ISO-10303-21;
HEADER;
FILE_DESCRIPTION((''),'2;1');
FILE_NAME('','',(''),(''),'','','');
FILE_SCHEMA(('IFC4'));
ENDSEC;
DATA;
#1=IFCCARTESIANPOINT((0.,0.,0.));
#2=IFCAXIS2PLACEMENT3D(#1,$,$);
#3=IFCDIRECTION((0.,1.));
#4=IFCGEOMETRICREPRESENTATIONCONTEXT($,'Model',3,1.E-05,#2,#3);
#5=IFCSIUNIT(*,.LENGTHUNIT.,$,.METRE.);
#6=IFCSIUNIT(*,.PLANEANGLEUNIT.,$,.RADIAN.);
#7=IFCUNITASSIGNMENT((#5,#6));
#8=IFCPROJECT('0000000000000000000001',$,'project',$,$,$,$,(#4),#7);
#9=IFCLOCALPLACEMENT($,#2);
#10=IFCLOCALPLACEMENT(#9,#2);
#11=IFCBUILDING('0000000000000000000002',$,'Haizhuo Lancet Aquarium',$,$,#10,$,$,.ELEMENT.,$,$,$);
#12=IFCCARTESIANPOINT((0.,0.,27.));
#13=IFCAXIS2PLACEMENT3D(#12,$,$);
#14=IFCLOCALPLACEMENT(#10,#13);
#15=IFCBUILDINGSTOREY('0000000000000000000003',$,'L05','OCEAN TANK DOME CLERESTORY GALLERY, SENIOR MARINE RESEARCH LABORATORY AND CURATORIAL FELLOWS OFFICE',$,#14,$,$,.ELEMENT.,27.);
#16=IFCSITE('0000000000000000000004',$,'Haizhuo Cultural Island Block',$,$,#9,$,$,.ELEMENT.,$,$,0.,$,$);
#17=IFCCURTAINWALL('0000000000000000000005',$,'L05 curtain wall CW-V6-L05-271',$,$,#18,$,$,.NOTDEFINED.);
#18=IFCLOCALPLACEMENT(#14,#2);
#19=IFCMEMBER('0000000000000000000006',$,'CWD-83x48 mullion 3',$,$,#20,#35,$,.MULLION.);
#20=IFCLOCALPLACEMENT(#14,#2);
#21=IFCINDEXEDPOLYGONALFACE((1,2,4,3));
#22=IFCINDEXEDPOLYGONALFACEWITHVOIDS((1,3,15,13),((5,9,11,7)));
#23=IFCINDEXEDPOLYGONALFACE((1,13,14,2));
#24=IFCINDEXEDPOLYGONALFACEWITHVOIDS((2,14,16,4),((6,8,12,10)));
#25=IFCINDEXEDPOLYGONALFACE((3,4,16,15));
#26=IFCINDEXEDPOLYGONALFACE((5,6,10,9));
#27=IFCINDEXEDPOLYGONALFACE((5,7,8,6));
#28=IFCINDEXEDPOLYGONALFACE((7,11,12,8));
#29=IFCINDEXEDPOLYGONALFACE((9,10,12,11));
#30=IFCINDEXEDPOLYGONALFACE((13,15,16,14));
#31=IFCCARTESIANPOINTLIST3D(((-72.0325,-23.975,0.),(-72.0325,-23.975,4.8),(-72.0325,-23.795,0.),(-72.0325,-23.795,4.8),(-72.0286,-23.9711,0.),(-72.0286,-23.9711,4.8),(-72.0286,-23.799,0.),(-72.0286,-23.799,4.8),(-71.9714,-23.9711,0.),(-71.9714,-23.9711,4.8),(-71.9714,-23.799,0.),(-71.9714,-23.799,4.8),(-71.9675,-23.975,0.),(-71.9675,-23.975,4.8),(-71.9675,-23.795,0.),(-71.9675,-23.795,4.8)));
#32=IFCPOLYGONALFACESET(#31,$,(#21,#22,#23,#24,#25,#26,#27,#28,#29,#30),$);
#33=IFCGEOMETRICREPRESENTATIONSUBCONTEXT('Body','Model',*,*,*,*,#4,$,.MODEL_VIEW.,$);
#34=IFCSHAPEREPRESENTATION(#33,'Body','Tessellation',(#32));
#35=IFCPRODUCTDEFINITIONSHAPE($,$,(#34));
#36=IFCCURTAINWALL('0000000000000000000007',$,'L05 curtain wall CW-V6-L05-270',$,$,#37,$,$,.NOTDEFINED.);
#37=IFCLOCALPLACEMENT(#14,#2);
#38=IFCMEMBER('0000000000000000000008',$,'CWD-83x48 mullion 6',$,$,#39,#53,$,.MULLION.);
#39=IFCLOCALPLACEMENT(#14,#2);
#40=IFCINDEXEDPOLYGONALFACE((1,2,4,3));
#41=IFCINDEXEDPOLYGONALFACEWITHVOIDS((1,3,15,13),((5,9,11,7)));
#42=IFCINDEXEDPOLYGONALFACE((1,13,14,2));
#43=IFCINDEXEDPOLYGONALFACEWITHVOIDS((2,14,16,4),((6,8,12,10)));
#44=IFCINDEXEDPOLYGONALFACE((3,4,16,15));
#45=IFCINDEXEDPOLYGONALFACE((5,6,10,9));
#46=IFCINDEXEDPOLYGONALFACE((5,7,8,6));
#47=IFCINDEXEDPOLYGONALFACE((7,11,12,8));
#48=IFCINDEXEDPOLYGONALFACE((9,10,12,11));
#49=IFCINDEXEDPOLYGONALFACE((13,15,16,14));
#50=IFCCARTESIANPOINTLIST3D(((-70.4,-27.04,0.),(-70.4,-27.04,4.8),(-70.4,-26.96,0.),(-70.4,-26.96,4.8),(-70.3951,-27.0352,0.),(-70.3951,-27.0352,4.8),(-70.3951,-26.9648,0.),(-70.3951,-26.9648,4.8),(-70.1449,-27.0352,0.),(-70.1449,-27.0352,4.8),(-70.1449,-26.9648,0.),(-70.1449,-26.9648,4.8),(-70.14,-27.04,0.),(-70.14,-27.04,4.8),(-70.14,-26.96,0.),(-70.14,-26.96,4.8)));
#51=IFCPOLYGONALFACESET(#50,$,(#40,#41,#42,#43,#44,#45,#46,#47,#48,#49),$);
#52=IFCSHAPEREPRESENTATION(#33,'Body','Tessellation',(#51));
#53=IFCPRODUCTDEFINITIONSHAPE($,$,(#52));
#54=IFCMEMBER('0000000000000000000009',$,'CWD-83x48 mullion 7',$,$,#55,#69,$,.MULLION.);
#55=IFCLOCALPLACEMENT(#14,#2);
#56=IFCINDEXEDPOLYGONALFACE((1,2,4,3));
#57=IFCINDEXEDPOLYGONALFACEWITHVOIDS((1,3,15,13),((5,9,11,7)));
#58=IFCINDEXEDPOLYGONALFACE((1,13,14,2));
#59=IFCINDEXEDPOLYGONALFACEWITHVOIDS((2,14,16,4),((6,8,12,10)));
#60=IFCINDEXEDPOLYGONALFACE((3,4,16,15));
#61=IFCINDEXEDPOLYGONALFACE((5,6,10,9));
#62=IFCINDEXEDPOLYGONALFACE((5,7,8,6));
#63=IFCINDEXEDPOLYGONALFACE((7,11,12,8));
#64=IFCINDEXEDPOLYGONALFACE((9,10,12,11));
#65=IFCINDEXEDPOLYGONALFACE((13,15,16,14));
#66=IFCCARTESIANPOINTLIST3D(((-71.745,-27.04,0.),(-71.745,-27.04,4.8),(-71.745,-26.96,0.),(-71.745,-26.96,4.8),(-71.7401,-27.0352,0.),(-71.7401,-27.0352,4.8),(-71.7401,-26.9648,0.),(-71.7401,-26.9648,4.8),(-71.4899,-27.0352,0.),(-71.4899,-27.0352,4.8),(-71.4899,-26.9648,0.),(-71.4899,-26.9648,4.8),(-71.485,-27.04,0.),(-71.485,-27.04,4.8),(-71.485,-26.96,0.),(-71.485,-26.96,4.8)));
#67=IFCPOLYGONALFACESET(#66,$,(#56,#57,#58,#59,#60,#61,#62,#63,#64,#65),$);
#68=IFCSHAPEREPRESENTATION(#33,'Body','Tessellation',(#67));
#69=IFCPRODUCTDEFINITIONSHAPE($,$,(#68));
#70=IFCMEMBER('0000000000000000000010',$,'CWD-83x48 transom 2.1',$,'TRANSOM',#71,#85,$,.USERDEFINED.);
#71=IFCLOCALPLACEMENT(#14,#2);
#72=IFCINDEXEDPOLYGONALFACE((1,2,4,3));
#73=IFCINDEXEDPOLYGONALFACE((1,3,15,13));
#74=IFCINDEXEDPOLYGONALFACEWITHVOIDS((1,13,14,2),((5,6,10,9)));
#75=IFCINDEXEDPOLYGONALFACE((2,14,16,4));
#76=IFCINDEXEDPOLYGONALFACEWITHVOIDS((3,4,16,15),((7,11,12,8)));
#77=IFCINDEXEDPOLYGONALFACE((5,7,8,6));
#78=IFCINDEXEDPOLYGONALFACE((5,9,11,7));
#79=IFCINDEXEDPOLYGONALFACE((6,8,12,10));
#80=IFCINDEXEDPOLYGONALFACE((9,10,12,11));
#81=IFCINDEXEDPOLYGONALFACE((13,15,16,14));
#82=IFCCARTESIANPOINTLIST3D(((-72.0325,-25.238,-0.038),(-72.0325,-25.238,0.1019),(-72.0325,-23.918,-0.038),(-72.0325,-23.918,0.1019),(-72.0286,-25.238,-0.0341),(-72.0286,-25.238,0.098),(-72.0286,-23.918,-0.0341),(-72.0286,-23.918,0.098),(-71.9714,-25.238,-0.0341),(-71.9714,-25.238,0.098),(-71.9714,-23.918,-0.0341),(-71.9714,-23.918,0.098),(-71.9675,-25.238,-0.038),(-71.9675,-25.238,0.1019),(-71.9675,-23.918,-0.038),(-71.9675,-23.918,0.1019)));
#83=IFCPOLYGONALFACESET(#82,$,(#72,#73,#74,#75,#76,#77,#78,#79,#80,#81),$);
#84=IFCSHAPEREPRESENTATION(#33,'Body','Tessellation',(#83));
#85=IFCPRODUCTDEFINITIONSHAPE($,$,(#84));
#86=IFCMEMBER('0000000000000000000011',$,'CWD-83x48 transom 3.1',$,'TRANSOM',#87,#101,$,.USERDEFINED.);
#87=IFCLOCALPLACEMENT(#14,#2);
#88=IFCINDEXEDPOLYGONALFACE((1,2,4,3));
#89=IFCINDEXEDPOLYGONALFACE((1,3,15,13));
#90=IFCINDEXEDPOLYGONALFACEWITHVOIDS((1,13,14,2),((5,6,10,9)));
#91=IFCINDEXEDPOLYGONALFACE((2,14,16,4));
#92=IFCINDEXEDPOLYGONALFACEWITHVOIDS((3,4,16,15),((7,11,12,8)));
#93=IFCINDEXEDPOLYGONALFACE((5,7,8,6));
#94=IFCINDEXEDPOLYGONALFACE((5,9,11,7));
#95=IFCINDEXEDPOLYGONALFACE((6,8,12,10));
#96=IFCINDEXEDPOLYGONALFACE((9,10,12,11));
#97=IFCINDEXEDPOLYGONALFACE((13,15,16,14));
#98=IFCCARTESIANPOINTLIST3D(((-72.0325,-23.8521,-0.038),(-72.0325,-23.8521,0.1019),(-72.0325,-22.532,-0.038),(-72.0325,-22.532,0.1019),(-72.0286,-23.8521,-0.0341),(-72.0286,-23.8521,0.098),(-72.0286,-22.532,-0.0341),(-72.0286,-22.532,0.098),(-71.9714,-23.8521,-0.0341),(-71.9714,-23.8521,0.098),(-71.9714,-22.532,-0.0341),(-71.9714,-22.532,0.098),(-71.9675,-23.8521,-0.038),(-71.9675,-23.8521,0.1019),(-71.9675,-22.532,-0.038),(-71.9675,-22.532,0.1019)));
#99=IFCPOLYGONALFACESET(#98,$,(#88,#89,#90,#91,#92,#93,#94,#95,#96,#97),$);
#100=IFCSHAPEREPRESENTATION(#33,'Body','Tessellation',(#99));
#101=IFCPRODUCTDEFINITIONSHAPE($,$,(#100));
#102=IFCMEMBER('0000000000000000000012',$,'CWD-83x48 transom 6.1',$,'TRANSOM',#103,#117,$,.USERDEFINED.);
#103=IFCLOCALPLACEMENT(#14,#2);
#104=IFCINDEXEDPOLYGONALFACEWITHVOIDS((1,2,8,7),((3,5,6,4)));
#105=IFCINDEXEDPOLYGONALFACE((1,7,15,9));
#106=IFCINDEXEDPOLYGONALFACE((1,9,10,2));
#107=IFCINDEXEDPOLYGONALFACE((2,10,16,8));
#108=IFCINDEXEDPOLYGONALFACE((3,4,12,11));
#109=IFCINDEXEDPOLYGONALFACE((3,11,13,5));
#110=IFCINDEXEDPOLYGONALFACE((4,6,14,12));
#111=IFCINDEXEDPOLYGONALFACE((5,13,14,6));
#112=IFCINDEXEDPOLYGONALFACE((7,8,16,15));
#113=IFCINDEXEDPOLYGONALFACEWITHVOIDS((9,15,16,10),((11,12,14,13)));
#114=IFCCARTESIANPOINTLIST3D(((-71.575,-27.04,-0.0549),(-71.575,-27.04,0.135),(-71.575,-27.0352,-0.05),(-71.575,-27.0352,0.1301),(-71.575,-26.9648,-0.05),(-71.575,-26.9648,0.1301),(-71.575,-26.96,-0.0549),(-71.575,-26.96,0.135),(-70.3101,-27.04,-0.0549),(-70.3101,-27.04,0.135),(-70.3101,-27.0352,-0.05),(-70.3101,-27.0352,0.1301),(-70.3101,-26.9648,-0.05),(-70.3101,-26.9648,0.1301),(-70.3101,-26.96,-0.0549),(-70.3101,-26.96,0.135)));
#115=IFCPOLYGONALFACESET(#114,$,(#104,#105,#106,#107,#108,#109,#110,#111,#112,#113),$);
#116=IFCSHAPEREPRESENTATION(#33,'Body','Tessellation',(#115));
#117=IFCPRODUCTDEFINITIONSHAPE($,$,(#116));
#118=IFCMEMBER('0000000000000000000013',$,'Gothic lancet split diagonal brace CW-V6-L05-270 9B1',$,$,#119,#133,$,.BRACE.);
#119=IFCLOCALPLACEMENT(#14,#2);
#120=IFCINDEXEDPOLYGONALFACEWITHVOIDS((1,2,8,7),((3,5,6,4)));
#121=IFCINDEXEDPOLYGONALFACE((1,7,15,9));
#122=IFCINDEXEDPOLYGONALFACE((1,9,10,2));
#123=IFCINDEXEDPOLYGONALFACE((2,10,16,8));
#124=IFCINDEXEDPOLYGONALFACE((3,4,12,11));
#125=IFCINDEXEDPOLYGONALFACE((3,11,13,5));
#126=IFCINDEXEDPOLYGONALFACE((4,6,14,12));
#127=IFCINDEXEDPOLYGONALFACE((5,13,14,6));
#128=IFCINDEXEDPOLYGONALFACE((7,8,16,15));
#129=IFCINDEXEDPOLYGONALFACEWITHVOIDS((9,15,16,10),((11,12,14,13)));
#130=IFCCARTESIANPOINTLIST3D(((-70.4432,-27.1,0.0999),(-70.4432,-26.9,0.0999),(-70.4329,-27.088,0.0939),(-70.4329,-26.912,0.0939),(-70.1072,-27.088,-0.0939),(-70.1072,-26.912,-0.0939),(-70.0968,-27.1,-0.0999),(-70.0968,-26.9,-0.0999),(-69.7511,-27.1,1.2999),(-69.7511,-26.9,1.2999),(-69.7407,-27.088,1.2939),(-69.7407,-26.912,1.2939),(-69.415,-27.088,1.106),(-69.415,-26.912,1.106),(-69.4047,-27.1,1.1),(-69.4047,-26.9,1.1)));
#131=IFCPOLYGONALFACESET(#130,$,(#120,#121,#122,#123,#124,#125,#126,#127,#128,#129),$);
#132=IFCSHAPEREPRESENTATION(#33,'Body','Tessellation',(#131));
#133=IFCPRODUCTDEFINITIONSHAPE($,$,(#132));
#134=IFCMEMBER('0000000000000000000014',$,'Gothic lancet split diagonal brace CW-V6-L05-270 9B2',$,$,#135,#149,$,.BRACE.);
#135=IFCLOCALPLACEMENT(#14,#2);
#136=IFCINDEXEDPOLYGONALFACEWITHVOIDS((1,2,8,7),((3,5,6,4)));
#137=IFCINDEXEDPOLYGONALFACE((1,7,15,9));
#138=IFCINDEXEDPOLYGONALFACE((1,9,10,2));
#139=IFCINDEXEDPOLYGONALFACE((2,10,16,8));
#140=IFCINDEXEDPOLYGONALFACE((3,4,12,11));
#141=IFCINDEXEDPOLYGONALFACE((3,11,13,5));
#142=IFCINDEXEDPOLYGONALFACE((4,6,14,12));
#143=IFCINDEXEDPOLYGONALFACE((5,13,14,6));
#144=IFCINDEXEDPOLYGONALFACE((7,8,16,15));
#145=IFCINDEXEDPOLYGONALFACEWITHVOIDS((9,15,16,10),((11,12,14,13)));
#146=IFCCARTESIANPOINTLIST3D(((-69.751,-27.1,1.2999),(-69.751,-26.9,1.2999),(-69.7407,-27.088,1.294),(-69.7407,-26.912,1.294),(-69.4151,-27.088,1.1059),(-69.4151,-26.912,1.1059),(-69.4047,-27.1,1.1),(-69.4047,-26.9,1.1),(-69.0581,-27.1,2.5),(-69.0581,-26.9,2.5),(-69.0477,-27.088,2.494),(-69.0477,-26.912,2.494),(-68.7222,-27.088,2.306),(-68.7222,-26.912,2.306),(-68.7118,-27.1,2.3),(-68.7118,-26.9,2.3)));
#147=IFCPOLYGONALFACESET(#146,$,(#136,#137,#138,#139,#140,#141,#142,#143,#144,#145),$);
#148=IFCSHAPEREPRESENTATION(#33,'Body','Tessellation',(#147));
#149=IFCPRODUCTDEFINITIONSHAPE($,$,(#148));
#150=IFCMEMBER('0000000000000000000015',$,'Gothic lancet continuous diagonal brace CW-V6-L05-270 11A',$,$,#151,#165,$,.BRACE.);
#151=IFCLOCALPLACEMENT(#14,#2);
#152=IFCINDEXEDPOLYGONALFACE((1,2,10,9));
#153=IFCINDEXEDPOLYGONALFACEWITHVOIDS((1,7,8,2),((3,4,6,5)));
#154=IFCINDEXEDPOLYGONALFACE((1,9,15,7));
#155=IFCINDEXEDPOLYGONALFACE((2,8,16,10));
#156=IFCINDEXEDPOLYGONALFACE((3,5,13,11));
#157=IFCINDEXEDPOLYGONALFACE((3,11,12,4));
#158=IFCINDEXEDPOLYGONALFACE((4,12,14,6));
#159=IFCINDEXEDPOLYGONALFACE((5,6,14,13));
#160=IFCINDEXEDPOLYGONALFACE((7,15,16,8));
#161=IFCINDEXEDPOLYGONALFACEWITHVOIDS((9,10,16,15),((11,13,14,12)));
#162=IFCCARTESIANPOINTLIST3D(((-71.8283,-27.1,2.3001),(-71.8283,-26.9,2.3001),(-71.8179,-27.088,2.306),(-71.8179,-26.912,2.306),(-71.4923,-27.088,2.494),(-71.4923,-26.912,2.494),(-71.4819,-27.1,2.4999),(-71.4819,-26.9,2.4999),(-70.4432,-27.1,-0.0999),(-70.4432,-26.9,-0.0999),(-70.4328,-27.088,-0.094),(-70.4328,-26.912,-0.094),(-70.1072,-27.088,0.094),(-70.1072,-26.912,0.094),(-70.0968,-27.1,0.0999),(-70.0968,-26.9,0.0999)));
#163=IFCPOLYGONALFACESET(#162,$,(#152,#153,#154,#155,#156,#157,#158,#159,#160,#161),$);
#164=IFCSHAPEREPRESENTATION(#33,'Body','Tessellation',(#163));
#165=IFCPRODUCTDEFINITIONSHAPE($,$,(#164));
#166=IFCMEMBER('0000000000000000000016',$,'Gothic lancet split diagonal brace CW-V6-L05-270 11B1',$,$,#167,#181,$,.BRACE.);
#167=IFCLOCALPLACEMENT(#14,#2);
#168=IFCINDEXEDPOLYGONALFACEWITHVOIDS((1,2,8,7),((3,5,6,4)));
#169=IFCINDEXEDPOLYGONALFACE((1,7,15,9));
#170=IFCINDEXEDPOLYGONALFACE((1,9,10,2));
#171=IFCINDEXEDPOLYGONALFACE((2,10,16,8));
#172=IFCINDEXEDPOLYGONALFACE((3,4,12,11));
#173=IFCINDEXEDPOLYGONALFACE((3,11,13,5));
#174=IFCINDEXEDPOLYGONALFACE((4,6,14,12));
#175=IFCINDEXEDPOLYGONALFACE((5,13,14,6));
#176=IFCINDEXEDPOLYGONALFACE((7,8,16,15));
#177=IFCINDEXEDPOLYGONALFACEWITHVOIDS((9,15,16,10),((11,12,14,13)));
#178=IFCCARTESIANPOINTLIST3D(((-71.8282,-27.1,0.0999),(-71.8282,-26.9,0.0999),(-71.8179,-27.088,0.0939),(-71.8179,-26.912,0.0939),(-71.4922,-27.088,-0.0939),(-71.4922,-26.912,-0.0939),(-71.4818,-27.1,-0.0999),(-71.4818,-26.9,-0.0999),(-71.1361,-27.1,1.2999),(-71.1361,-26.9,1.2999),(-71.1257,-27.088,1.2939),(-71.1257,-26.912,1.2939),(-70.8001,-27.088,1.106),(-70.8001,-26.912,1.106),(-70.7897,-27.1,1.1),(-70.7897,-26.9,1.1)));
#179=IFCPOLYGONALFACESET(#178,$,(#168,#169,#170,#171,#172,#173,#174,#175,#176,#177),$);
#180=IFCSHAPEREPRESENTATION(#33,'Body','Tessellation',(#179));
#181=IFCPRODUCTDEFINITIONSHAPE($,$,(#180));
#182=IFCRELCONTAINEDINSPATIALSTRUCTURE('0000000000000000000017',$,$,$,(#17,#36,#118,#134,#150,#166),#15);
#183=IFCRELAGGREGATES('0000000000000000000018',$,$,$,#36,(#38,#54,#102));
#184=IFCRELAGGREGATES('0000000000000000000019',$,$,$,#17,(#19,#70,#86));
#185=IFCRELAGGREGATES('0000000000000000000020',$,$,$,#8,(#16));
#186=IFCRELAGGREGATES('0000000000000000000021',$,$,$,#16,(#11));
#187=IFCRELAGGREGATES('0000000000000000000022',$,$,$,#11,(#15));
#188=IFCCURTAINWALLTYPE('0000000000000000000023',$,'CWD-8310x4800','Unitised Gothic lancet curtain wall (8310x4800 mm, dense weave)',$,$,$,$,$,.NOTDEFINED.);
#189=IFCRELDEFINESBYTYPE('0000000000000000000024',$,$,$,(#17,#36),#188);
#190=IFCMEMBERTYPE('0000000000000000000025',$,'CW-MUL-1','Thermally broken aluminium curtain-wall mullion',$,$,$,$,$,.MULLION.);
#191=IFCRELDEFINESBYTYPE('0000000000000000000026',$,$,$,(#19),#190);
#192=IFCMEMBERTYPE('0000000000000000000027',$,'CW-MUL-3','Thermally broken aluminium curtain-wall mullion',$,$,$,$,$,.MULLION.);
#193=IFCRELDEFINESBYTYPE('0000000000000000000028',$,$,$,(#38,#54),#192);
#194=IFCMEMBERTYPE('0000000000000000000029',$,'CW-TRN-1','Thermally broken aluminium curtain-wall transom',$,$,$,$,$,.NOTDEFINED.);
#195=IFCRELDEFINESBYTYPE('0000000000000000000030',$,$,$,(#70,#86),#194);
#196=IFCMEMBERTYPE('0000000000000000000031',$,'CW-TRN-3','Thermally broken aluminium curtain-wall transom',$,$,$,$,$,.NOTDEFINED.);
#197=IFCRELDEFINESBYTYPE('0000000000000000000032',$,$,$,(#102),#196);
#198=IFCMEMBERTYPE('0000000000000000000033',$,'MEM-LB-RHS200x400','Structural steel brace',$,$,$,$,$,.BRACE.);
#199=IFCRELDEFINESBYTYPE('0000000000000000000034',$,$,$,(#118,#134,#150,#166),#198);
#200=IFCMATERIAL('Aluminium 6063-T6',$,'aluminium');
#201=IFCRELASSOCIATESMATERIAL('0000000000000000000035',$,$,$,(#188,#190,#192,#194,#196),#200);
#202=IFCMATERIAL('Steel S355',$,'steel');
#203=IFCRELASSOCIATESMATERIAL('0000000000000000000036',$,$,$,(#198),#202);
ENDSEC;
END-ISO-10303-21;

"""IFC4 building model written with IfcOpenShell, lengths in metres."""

from ifc_helpers import new_model, si_unit, direction, frame, origin, origin_2d, place, context, subcontext, project, spatial, hollow_rectangle, extrude, material, material_profile, profile_set, type_object, element, aggregate, save


model = new_model("IFC4")

# Units and contexts
model_context = context("Model", 3, precision=1e-05, world=origin(), true_north=direction((0.0, 1.0)))
body_context = subcontext(model_context, "Body", "Model", "MODEL_VIEW")
ifc_project = project(units=[si_unit("LENGTHUNIT", "METRE"), si_unit("PLANEANGLEUNIT", "RADIAN")], contexts=[model_context])

# Site, building, storey
site_placement = place(None, origin())
site = spatial("IfcSite", under=ifc_project, at=site_placement, Name="Haizhuo Cultural Island Block", CompositionType="ELEMENT", RefElevation=0.0)
building_placement = place(site_placement, origin())
building = spatial("IfcBuilding", under=site, at=building_placement, Name="Haizhuo Lancet Aquarium", CompositionType="ELEMENT")
storey_placement = place(building_placement, frame((0.0, 0.0, 27.0)))
storey = spatial("IfcBuildingStorey", under=building, at=storey_placement, Name="L05", Description="OCEAN TANK DOME CLERESTORY GALLERY, SENIOR MARINE RESEARCH LABORATORY AND CURATORIAL FELLOWS OFFICE", CompositionType="ELEMENT", Elevation=27.0)

# Curtain wall, member
ifc_material_1 = material(Name="Aluminium 6063-T6", Category="aluminium")
curtain_wall_type = type_object("IfcCurtainWallType", Name="CWD-8310x4800", Description="Unitised Gothic lancet curtain wall (8310x4800 mm, dense weave)", PredefinedType="NOTDEFINED", material=ifc_material_1)
curtain_wall_1_placement = place(storey_placement, origin())
curtain_wall_1 = element("IfcCurtainWall", 1, at=curtain_wall_1_placement, inside=storey, type_object=curtain_wall_type, Name="L05 curtain wall CW-V6-L05-271", PredefinedType="NOTDEFINED")
ifc_material_profile_1 = material_profile(ifc_material_1, hollow_rectangle(XDim=0.0649, YDim=0.1799, WallThickness=0.0039, at=origin_2d()), Name="ALU-M 65x180x4")
ifc_profile_set_1 = profile_set([ifc_material_profile_1], Name="Aluminium 6063-T6")
member_type_1 = type_object("IfcMemberType", Name="CW-MUL-1", Description="Thermally broken aluminium curtain-wall mullion", PredefinedType="MULLION", material=ifc_profile_set_1)
member_1_placement = place(storey_placement, frame((-72.0, -23.885, 0.0), z_axis=(0.0, 0.0, 1.0), x_axis=(-1.0, 0.0, 0.0)))
member_1 = element("IfcMember", 2, at=member_1_placement, type_object=member_type_1, Name="CWD-83x48 mullion 3", PredefinedType="MULLION", context=body_context, shape_type="SweptSolid", body=[
    extrude(hollow_rectangle(XDim=0.0649, YDim=0.1799, WallThickness=0.0039, at=origin_2d()), origin(), (0.0, 0.0, 1.0), 4.8),
])

# Curtain wall, members
curtain_wall_2_placement = place(storey_placement, origin())
curtain_wall_2 = element("IfcCurtainWall", 3, at=curtain_wall_2_placement, inside=storey, type_object=curtain_wall_type, Name="L05 curtain wall CW-V6-L05-270", PredefinedType="NOTDEFINED")
ifc_material_profile_2 = material_profile(ifc_material_1, hollow_rectangle(XDim=0.0801, YDim=0.26, WallThickness=0.0049, at=origin_2d()), Name="ALU-M 80x260x5")
ifc_profile_set_2 = profile_set([ifc_material_profile_2], Name="Aluminium 6063-T6")
member_type_2 = type_object("IfcMemberType", Name="CW-MUL-3", Description="Thermally broken aluminium curtain-wall mullion", PredefinedType="MULLION", material=ifc_profile_set_2)
member_2_placement = place(storey_placement, frame((-70.27, -27.0, 0.0), z_axis=(0.0, 0.0, 1.0), x_axis=(0.0, -1.0, 0.0)))
member_2 = element("IfcMember", 4, at=member_2_placement, type_object=member_type_2, Name="CWD-83x48 mullion 6", PredefinedType="MULLION", context=body_context, shape_type="SweptSolid", body=[
    extrude(hollow_rectangle(XDim=0.0801, YDim=0.26, WallThickness=0.0049, at=origin_2d()), origin(), (0.0, 0.0, 1.0), 4.8),
])
member_3_placement = place(storey_placement, frame((-71.615, -27.0, 0.0), z_axis=(0.0, 0.0, 1.0), x_axis=(0.0, -1.0, 0.0)))
member_3 = element("IfcMember", 5, at=member_3_placement, type_object=member_type_2, Name="CWD-83x48 mullion 7", PredefinedType="MULLION", context=body_context, shape_type="SweptSolid", body=[
    extrude(hollow_rectangle(XDim=0.0801, YDim=0.26, WallThickness=0.0049, at=origin_2d()), origin(), (0.0, 0.0, 1.0), 4.8),
])

# Members
ifc_material_profile_3 = material_profile(ifc_material_1, hollow_rectangle(XDim=0.0649, YDim=0.1399, WallThickness=0.0039, at=origin_2d()), Name="ALU-T 65x140x4")
ifc_profile_set_3 = profile_set([ifc_material_profile_3], Name="Aluminium 6063-T6")
member_type_3 = type_object("IfcMemberType", Name="CW-TRN-1", Description="Thermally broken aluminium curtain-wall transom", PredefinedType="NOTDEFINED", material=ifc_profile_set_3)
member_4_placement = place(storey_placement, frame((-72.0, -25.238, 0.032), z_axis=(0.0, 1.0, 0.0), x_axis=(-1.0, 0.0, 0.0)))
member_4 = element("IfcMember", 6, at=member_4_placement, type_object=member_type_3, Name="CWD-83x48 transom 2.1", ObjectType="TRANSOM", PredefinedType="USERDEFINED", context=body_context, shape_type="SweptSolid", body=[
    extrude(hollow_rectangle(XDim=0.0649, YDim=0.1399, WallThickness=0.0039, at=origin_2d()), origin(), (0.0, 0.0, 1.0), 1.3201),
])
member_5_placement = place(storey_placement, frame((-72.0, -23.8521, 0.032), z_axis=(0.0, 1.0, 0.0), x_axis=(-1.0, 0.0, 0.0)))
member_5 = element("IfcMember", 7, at=member_5_placement, type_object=member_type_3, Name="CWD-83x48 transom 3.1", ObjectType="TRANSOM", PredefinedType="USERDEFINED", context=body_context, shape_type="SweptSolid", body=[
    extrude(hollow_rectangle(XDim=0.0649, YDim=0.1399, WallThickness=0.0039, at=origin_2d()), origin(), (0.0, 0.0, 1.0), 1.3201),
])
ifc_material_profile_4 = material_profile(ifc_material_1, hollow_rectangle(XDim=0.0801, YDim=0.1899, WallThickness=0.0049, at=origin_2d()), Name="ALU-T 80x190x5")
ifc_profile_set_4 = profile_set([ifc_material_profile_4], Name="Aluminium 6063-T6")
member_type_4 = type_object("IfcMemberType", Name="CW-TRN-3", Description="Thermally broken aluminium curtain-wall transom", PredefinedType="NOTDEFINED", material=ifc_profile_set_4)
member_6_placement = place(storey_placement, frame((-70.3101, -27.0, 0.04), z_axis=(-1.0, 0.0, 0.0), x_axis=(0.0, -1.0, 0.0)))
member_6 = element("IfcMember", 8, at=member_6_placement, type_object=member_type_4, Name="CWD-83x48 transom 6.1", ObjectType="TRANSOM", PredefinedType="USERDEFINED", context=body_context, shape_type="SweptSolid", body=[
    extrude(hollow_rectangle(XDim=0.0801, YDim=0.1899, WallThickness=0.0049, at=origin_2d()), origin(), (0.0, 0.0, 1.0), 1.2649),
])

# Members
ifc_material_2 = material(Name="Steel S355", Category="steel")
ifc_material_profile_5 = material_profile(ifc_material_2, hollow_rectangle(XDim=0.2, YDim=0.3999, WallThickness=0.012, at=origin_2d()), Name="RHS 200x400x12")
ifc_profile_set_5 = profile_set([ifc_material_profile_5], Name="Steel S355")
member_type_5 = type_object("IfcMemberType", Name="MEM-LB-RHS200x400", Description="Structural steel brace", PredefinedType="BRACE", material=ifc_profile_set_5)
member_7_placement = place(storey_placement, frame((-70.27, -27.0, 0.0), z_axis=(0.499646, 0.0, 0.86623), x_axis=(0.0, 1.0, 0.0)))
element("IfcMember", 9, at=member_7_placement, inside=storey, type_object=member_type_5, Name="Gothic lancet split diagonal brace CW-V6-L05-270 9B1", PredefinedType="BRACE", context=body_context, shape_type="SweptSolid", body=[
    extrude(hollow_rectangle(XDim=0.2, YDim=0.3999, WallThickness=0.012, at=origin_2d()), origin(), (0.0, 0.0, 1.0), 1.3853),
])
member_8_placement = place(storey_placement, frame((-69.5779, -27.0, 1.2), z_axis=(0.500043, 0.0, 0.866001), x_axis=(0.0, 1.0, 0.0)))
element("IfcMember", 10, at=member_8_placement, inside=storey, type_object=member_type_5, Name="Gothic lancet split diagonal brace CW-V6-L05-270 9B2", PredefinedType="BRACE", context=body_context, shape_type="SweptSolid", body=[
    extrude(hollow_rectangle(XDim=0.2, YDim=0.3999, WallThickness=0.012, at=origin_2d()), origin(), (0.0, 0.0, 1.0), 1.3857),
])
member_9_placement = place(storey_placement, frame((-70.27, -27.0, 0.0), z_axis=(-0.499844, 0.0, 0.866115), x_axis=(0.0, -1.0, 0.0)))
element("IfcMember", 11, at=member_9_placement, inside=storey, type_object=member_type_5, Name="Gothic lancet continuous diagonal brace CW-V6-L05-270 11A", PredefinedType="BRACE", context=body_context, shape_type="SweptSolid", body=[
    extrude(hollow_rectangle(XDim=0.2, YDim=0.3999, WallThickness=0.012, at=origin_2d()), origin(), (0.0, 0.0, 1.0), 2.771),
])
member_10_placement = place(storey_placement, frame((-71.655, -27.0, 0.0), z_axis=(0.499646, 0.0, 0.86623), x_axis=(0.0, 1.0, 0.0)))
element("IfcMember", 12, at=member_10_placement, inside=storey, type_object=member_type_5, Name="Gothic lancet split diagonal brace CW-V6-L05-270 11B1", PredefinedType="BRACE", context=body_context, shape_type="SweptSolid", body=[
    extrude(hollow_rectangle(XDim=0.2, YDim=0.3999, WallThickness=0.012, at=origin_2d()), origin(), (0.0, 0.0, 1.0), 1.3853),
])

aggregate(curtain_wall_2, [member_2, member_3, member_6])
aggregate(curtain_wall_1, [member_1, member_4, member_5])

save(model, "model.ifc")
